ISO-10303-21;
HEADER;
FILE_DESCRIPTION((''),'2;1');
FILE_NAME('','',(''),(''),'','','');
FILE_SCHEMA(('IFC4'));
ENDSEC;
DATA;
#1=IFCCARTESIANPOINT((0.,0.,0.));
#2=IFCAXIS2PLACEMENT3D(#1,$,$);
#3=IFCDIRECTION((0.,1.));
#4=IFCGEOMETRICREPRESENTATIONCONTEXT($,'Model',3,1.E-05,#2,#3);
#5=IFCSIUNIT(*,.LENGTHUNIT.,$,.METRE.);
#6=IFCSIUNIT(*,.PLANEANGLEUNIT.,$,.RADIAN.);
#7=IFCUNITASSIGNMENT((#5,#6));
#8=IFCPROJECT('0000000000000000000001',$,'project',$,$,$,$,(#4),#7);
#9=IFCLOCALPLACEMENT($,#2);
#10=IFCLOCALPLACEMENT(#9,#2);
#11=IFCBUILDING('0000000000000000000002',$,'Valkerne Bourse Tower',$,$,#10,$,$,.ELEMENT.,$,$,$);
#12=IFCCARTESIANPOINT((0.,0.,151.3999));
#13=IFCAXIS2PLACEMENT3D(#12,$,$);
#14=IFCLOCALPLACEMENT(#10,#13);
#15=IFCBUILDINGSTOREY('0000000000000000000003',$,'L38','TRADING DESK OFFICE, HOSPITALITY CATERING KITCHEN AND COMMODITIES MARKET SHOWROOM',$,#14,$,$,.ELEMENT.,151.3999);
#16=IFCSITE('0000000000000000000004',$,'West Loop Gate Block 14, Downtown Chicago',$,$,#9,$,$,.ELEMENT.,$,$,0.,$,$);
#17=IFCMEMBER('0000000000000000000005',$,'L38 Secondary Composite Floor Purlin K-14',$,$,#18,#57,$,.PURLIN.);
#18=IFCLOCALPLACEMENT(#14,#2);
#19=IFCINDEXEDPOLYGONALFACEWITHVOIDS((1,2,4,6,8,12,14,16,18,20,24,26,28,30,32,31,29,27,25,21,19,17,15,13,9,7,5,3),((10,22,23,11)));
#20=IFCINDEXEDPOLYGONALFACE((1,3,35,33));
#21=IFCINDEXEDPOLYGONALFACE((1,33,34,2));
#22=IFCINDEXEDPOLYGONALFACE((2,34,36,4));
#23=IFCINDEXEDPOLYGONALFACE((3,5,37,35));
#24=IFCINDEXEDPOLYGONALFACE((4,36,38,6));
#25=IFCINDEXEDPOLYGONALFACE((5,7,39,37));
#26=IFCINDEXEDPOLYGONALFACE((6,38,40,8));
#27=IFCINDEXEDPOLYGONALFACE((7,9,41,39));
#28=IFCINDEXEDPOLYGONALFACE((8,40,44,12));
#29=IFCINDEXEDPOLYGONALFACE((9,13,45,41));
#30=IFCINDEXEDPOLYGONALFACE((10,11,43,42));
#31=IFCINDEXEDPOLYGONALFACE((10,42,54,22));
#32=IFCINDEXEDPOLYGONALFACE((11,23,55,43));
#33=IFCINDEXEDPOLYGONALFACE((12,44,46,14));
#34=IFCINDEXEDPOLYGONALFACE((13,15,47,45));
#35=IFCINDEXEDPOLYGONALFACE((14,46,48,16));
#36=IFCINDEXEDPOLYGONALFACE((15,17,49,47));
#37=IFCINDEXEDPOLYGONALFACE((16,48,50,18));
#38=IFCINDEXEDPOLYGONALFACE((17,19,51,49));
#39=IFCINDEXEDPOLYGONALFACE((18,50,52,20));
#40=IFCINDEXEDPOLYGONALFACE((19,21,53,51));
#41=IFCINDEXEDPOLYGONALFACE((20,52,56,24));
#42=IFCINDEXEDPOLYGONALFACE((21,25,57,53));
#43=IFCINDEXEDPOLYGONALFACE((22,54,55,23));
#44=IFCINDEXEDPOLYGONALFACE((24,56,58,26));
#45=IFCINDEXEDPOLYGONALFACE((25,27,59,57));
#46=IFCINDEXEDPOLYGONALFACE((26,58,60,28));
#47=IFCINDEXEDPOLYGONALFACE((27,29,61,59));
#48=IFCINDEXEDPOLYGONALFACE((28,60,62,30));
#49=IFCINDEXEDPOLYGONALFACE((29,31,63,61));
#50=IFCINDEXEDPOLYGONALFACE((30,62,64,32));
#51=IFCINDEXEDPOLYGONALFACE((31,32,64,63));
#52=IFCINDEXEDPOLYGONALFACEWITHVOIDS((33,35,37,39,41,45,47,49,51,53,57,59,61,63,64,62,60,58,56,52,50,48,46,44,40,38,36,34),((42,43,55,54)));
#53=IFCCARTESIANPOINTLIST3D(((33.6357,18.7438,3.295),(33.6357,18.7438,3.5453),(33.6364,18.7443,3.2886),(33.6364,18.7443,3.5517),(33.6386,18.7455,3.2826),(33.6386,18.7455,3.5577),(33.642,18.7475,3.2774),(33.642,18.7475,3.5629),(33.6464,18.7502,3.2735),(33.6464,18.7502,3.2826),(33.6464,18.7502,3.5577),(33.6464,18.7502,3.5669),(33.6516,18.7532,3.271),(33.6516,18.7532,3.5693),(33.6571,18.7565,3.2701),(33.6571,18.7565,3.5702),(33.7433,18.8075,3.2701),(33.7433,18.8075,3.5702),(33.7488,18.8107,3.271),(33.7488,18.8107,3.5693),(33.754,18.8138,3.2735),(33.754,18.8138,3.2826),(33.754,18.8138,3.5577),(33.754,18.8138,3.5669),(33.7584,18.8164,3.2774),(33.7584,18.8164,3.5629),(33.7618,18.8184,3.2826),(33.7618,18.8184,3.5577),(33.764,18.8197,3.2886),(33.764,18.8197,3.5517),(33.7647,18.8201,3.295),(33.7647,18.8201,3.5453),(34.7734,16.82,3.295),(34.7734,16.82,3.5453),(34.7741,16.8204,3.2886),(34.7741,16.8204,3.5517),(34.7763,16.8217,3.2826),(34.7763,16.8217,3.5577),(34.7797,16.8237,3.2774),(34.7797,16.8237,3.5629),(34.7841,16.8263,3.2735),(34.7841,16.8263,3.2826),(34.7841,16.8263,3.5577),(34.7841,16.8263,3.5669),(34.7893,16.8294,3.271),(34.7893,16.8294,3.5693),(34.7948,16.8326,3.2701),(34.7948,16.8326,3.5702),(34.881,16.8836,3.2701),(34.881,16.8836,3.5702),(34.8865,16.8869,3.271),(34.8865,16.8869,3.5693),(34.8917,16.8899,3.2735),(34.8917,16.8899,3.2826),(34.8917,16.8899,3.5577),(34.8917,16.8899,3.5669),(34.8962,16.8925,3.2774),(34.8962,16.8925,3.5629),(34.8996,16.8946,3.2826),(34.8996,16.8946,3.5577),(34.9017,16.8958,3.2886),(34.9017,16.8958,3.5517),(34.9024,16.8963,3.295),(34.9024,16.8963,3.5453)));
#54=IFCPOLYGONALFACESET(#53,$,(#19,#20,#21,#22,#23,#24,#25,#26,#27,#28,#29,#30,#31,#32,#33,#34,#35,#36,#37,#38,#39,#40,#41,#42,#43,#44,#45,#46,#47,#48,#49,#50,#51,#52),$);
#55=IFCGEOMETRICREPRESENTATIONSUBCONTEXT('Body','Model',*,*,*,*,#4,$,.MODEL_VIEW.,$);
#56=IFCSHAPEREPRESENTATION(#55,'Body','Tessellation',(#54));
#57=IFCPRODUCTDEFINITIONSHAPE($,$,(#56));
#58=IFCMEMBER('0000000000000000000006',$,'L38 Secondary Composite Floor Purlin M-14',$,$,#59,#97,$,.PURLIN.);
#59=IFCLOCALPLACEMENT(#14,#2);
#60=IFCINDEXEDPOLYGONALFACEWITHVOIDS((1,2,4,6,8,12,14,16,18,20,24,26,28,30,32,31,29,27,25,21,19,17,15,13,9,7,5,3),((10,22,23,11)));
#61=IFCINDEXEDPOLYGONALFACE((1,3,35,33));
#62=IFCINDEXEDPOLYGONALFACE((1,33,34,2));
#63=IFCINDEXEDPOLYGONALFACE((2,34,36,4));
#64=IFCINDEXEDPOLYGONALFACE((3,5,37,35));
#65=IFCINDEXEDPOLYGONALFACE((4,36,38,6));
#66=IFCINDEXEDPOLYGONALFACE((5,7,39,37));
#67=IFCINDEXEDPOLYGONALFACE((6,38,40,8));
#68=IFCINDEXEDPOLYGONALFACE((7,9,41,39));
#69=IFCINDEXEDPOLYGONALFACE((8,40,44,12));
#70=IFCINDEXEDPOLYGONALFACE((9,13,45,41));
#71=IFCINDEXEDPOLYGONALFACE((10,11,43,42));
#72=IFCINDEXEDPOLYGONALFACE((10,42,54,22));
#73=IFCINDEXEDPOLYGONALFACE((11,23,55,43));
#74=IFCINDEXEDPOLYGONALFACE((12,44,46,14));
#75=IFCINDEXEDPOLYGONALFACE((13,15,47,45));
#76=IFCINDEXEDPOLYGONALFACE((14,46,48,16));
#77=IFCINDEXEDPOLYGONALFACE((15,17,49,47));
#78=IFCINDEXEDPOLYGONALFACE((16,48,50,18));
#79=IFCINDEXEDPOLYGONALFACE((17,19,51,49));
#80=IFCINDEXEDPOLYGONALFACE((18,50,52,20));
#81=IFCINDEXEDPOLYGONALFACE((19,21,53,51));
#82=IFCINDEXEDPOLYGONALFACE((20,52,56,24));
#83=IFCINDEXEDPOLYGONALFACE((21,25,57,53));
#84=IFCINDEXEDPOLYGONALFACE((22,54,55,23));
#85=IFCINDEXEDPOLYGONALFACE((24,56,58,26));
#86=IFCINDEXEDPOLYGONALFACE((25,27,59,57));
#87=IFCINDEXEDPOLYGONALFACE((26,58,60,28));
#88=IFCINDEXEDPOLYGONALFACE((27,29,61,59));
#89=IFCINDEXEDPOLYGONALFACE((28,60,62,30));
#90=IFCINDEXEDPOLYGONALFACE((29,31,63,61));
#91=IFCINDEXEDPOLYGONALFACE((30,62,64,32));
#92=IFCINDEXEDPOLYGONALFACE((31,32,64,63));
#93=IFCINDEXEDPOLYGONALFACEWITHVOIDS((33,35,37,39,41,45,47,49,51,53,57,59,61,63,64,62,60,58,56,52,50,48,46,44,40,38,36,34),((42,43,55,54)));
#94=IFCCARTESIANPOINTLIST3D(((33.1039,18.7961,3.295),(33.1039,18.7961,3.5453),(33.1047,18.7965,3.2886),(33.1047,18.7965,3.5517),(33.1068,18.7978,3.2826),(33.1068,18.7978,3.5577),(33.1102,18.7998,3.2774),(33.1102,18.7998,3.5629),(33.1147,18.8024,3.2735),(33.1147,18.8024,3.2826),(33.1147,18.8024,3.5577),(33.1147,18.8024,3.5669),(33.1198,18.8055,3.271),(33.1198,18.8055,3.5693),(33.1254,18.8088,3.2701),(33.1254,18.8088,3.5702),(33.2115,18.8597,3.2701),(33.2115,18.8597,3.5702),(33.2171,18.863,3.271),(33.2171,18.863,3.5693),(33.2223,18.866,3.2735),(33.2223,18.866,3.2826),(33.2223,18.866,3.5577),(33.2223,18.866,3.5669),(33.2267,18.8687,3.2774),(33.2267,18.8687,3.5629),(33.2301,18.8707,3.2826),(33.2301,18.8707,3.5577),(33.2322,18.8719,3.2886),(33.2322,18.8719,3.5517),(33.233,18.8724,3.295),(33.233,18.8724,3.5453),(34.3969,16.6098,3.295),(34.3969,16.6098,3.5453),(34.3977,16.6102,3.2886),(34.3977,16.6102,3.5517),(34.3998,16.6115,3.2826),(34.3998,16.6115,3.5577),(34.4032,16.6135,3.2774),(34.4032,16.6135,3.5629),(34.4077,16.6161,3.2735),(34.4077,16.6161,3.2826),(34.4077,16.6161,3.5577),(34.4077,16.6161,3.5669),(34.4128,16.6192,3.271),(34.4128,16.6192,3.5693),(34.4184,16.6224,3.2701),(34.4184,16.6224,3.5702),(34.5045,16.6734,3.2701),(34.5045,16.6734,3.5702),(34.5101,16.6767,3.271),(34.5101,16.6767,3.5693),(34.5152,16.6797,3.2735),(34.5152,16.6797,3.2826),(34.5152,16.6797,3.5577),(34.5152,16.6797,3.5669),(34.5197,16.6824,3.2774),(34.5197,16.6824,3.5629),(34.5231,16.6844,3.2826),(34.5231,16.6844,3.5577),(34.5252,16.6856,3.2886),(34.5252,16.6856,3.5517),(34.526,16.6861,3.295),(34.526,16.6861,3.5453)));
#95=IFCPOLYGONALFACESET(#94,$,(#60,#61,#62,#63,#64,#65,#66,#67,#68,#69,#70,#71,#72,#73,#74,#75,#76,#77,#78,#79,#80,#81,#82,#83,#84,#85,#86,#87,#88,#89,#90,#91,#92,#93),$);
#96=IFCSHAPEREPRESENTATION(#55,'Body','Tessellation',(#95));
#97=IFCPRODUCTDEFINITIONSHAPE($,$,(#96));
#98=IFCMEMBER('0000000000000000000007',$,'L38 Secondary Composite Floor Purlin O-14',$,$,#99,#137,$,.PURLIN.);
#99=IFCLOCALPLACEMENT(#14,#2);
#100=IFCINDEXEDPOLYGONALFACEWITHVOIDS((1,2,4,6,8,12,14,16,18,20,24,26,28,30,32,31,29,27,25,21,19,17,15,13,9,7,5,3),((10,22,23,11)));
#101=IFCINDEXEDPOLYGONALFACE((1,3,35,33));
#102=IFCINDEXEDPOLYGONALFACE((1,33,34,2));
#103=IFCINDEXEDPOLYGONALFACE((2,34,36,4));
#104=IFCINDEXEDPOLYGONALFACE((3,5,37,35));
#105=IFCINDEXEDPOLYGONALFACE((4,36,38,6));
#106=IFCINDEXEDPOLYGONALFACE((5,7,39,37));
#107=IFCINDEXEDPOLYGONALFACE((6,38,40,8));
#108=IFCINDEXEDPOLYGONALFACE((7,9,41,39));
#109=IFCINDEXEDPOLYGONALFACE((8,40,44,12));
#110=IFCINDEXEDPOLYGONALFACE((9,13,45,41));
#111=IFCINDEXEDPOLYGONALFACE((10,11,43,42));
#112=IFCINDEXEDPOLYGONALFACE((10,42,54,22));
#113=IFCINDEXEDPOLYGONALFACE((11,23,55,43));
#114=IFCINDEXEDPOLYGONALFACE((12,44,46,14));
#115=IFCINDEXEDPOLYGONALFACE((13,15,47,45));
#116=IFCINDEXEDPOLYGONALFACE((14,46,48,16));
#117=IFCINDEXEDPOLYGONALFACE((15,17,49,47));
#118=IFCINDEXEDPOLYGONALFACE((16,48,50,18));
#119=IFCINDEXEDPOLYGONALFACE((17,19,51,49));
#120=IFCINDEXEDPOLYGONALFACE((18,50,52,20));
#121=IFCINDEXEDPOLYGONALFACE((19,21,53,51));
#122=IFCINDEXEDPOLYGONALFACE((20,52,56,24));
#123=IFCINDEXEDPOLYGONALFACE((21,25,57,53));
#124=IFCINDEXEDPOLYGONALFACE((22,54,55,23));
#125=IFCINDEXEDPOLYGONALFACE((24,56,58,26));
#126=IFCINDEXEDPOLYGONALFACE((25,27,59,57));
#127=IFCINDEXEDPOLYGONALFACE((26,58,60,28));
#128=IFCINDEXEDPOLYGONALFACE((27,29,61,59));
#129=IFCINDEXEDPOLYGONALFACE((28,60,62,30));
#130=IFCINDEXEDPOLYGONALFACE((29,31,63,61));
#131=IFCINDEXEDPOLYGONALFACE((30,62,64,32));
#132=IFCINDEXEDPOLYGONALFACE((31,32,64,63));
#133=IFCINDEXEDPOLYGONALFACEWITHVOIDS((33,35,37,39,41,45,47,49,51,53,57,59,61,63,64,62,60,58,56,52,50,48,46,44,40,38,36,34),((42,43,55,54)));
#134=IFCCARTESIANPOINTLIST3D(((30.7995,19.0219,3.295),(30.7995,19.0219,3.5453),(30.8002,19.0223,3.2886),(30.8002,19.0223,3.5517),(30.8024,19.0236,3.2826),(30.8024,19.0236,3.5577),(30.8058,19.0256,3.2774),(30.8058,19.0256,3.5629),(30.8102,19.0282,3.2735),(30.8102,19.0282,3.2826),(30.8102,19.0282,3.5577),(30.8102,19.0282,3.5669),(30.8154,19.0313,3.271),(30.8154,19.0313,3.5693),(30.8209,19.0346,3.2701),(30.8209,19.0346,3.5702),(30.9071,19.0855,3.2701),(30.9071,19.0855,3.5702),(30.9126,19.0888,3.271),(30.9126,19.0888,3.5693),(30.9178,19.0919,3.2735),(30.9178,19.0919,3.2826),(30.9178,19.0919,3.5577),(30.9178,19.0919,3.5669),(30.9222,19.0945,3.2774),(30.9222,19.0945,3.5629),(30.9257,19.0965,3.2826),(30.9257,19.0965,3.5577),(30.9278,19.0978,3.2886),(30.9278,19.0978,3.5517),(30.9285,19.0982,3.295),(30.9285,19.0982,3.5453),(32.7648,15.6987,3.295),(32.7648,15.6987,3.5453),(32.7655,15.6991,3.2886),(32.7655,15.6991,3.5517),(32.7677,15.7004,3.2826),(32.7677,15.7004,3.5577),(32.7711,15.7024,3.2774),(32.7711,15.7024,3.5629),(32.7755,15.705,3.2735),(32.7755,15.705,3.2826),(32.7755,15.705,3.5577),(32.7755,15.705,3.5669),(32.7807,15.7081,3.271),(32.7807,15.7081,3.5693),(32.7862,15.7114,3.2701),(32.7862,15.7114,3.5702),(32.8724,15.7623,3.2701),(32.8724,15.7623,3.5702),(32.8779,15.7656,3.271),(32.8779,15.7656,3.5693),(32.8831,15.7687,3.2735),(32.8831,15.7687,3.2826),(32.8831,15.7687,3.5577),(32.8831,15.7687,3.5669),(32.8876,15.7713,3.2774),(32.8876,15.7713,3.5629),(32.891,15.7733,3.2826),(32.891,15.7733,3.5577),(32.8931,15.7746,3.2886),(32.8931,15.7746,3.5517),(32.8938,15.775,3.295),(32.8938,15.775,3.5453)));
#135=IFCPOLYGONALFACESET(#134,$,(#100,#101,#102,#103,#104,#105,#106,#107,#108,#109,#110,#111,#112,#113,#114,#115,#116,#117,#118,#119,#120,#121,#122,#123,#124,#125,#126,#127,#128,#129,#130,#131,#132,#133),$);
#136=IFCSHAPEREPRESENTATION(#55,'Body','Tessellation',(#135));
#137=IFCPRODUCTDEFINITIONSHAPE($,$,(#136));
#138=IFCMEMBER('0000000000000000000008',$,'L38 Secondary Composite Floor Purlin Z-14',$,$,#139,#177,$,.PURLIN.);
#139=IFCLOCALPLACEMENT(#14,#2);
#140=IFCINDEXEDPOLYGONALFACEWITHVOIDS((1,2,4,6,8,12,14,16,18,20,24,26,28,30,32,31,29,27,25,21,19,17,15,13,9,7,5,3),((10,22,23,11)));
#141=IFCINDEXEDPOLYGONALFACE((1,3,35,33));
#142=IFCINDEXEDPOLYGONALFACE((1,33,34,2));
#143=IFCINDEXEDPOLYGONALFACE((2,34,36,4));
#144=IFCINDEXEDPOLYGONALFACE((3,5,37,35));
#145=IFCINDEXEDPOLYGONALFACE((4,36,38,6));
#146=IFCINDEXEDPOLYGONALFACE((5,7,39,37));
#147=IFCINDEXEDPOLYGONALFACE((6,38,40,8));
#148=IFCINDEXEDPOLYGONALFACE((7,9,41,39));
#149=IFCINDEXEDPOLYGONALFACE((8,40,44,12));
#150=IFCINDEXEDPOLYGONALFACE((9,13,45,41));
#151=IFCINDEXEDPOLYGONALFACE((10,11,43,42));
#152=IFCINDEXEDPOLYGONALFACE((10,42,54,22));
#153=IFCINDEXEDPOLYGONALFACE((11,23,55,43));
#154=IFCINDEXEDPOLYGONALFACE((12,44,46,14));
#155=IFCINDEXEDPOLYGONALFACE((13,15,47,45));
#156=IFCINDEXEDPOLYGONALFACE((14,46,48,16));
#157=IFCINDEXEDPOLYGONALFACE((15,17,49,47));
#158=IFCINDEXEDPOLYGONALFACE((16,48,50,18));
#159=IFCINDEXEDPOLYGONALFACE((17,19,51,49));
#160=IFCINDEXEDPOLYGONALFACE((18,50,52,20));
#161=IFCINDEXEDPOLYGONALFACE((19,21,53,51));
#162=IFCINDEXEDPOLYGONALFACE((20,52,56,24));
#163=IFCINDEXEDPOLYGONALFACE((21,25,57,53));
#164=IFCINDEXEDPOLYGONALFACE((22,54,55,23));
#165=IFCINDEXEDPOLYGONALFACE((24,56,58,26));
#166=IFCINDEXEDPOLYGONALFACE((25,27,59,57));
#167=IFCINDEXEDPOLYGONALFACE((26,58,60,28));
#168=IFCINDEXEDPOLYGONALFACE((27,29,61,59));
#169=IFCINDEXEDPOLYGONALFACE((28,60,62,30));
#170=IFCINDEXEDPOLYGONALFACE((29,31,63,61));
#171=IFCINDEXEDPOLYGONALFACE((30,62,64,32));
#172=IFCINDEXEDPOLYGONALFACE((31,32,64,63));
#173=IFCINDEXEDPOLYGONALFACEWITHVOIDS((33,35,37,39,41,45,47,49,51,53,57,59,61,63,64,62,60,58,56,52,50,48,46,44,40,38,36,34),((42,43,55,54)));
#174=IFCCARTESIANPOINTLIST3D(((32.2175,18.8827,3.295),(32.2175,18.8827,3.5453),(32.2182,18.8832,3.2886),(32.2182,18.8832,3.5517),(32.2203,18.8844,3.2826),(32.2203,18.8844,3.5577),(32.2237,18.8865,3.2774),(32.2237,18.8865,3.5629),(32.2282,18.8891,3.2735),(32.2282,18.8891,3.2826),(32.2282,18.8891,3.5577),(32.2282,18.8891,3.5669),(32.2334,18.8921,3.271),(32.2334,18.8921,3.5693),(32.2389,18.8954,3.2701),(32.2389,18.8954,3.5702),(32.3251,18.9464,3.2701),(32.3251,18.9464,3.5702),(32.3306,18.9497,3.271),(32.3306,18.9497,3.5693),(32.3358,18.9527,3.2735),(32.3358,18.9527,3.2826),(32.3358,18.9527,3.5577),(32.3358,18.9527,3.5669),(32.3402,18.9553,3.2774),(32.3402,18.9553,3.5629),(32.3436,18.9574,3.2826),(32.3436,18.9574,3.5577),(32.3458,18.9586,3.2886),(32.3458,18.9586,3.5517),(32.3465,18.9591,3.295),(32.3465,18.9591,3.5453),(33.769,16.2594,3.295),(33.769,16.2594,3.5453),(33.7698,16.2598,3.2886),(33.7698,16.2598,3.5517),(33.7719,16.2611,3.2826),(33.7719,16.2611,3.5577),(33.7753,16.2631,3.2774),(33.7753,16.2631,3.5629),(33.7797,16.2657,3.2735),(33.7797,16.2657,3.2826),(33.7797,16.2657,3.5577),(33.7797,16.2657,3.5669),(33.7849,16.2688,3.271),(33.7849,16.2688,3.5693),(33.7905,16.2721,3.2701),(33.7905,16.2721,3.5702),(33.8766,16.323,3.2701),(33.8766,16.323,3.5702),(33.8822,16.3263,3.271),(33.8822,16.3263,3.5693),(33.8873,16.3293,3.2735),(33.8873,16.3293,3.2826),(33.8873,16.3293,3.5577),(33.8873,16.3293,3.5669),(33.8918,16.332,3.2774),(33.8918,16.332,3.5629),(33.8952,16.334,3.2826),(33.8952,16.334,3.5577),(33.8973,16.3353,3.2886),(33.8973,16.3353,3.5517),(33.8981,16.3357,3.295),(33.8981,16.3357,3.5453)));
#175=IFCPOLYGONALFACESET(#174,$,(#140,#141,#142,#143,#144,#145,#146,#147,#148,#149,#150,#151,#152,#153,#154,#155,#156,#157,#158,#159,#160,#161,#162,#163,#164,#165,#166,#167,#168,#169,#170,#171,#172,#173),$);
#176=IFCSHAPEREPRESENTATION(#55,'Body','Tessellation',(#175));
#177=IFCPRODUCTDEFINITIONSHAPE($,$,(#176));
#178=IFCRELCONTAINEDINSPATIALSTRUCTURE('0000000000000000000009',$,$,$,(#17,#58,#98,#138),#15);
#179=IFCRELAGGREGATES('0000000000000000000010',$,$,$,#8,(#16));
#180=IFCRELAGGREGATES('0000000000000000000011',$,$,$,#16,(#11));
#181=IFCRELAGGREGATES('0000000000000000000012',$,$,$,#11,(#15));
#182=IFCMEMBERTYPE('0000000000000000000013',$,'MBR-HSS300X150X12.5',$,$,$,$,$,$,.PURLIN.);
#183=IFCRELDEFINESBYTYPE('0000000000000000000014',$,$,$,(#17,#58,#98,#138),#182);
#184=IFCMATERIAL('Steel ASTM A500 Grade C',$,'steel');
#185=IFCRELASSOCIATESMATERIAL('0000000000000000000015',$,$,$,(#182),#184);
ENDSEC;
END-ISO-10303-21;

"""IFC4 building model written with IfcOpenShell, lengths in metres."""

from ifc_helpers import new_model, si_unit, direction, frame, origin, origin_2d, place, context, subcontext, project, spatial, hollow_rectangle, extrude, material, material_profile, profile_set, type_object, element, save


model = new_model("IFC4")

# Units and contexts
model_context = context("Model", 3, precision=1e-05, world=origin(), true_north=direction((0.0, 1.0)))
body_context = subcontext(model_context, "Body", "Model", "MODEL_VIEW")
ifc_project = project(units=[si_unit("LENGTHUNIT", "METRE"), si_unit("PLANEANGLEUNIT", "RADIAN")], contexts=[model_context])

# Site, building, storey
site_placement = place(None, origin())
site = spatial("IfcSite", under=ifc_project, at=site_placement, Name="West Loop Gate Block 14, Downtown Chicago", CompositionType="ELEMENT", RefElevation=0.0)
building_placement = place(site_placement, origin())
building = spatial("IfcBuilding", under=site, at=building_placement, Name="Valkerne Bourse Tower", CompositionType="ELEMENT")
storey_placement = place(building_placement, frame((0.0, 0.0, 151.3999)))
storey = spatial("IfcBuildingStorey", under=building, at=storey_placement, Name="L38", Description="TRADING DESK OFFICE, HOSPITALITY CATERING KITCHEN AND COMMODITIES MARKET SHOWROOM", CompositionType="ELEMENT", Elevation=151.3999)

# Members
ifc_material_1 = material(Name="Steel ASTM A500 Grade C", Category="steel")
ifc_material_profile_1 = material_profile(ifc_material_1, hollow_rectangle(XDim=0.1499, YDim=0.3, WallThickness=0.0125, OuterFilletRadius=0.0249, at=origin_2d()), Name="HSS300X150X12.5")
ifc_profile_set_1 = profile_set([ifc_material_profile_1], Name="Steel ASTM A500 Grade C")
member_type_1 = type_object("IfcMemberType", Name="MBR-HSS300X150X12.5", PredefinedType="PURLIN", material=ifc_profile_set_1)
member_1_placement = place(storey_placement, frame((33.7002, 18.782, 3.4202), z_axis=(0.509024, -0.860753, 0.0), x_axis=(0.860753, 0.509024, 0.0)))
element("IfcMember", 1, at=member_1_placement, inside=storey, type_object=member_type_1, Name="L38 Secondary Composite Floor Purlin K-14", PredefinedType="PURLIN", context=body_context, shape_type="SweptSolid", body=[
    extrude(hollow_rectangle(XDim=0.1499, YDim=0.3, WallThickness=0.0125, OuterFilletRadius=0.0249, at=origin_2d()), origin(), (0.0, 0.0, 1.0), 2.2351),
])
member_2_placement = place(storey_placement, frame((33.1685, 18.8342, 3.4202), z_axis=(0.509043, -0.860741, 0.0), x_axis=(0.860741, 0.509043, 0.0)))
element("IfcMember", 2, at=member_2_placement, inside=storey, type_object=member_type_1, Name="L38 Secondary Composite Floor Purlin M-14", PredefinedType="PURLIN", context=body_context, shape_type="SweptSolid", body=[
    extrude(hollow_rectangle(XDim=0.1499, YDim=0.3, WallThickness=0.0125, OuterFilletRadius=0.0249, at=origin_2d()), origin(), (0.0, 0.0, 1.0), 2.54),
])
member_3_placement = place(storey_placement, frame((30.864, 19.0601, 3.4202), z_axis=(0.509036, -0.860745, 0.0), x_axis=(0.860745, 0.509036, 0.0)))
element("IfcMember", 3, at=member_3_placement, inside=storey, type_object=member_type_1, Name="L38 Secondary Composite Floor Purlin O-14", PredefinedType="PURLIN", context=body_context, shape_type="SweptSolid", body=[
    extrude(hollow_rectangle(XDim=0.1499, YDim=0.3, WallThickness=0.0125, OuterFilletRadius=0.0249, at=origin_2d()), origin(), (0.0, 0.0, 1.0), 3.8608),
])
member_4_placement = place(storey_placement, frame((32.282, 18.9209, 3.4202), z_axis=(0.509067, -0.860727, 0.0), x_axis=(0.860727, 0.509067, 0.0)))
element("IfcMember", 4, at=member_4_placement, inside=storey, type_object=member_type_1, Name="L38 Secondary Composite Floor Purlin Z-14", PredefinedType="PURLIN", context=body_context, shape_type="SweptSolid", body=[
    extrude(hollow_rectangle(XDim=0.1499, YDim=0.3, WallThickness=0.0125, OuterFilletRadius=0.0249, at=origin_2d()), origin(), (0.0, 0.0, 1.0), 3.0479),
])

save(model, "model.ifc")
